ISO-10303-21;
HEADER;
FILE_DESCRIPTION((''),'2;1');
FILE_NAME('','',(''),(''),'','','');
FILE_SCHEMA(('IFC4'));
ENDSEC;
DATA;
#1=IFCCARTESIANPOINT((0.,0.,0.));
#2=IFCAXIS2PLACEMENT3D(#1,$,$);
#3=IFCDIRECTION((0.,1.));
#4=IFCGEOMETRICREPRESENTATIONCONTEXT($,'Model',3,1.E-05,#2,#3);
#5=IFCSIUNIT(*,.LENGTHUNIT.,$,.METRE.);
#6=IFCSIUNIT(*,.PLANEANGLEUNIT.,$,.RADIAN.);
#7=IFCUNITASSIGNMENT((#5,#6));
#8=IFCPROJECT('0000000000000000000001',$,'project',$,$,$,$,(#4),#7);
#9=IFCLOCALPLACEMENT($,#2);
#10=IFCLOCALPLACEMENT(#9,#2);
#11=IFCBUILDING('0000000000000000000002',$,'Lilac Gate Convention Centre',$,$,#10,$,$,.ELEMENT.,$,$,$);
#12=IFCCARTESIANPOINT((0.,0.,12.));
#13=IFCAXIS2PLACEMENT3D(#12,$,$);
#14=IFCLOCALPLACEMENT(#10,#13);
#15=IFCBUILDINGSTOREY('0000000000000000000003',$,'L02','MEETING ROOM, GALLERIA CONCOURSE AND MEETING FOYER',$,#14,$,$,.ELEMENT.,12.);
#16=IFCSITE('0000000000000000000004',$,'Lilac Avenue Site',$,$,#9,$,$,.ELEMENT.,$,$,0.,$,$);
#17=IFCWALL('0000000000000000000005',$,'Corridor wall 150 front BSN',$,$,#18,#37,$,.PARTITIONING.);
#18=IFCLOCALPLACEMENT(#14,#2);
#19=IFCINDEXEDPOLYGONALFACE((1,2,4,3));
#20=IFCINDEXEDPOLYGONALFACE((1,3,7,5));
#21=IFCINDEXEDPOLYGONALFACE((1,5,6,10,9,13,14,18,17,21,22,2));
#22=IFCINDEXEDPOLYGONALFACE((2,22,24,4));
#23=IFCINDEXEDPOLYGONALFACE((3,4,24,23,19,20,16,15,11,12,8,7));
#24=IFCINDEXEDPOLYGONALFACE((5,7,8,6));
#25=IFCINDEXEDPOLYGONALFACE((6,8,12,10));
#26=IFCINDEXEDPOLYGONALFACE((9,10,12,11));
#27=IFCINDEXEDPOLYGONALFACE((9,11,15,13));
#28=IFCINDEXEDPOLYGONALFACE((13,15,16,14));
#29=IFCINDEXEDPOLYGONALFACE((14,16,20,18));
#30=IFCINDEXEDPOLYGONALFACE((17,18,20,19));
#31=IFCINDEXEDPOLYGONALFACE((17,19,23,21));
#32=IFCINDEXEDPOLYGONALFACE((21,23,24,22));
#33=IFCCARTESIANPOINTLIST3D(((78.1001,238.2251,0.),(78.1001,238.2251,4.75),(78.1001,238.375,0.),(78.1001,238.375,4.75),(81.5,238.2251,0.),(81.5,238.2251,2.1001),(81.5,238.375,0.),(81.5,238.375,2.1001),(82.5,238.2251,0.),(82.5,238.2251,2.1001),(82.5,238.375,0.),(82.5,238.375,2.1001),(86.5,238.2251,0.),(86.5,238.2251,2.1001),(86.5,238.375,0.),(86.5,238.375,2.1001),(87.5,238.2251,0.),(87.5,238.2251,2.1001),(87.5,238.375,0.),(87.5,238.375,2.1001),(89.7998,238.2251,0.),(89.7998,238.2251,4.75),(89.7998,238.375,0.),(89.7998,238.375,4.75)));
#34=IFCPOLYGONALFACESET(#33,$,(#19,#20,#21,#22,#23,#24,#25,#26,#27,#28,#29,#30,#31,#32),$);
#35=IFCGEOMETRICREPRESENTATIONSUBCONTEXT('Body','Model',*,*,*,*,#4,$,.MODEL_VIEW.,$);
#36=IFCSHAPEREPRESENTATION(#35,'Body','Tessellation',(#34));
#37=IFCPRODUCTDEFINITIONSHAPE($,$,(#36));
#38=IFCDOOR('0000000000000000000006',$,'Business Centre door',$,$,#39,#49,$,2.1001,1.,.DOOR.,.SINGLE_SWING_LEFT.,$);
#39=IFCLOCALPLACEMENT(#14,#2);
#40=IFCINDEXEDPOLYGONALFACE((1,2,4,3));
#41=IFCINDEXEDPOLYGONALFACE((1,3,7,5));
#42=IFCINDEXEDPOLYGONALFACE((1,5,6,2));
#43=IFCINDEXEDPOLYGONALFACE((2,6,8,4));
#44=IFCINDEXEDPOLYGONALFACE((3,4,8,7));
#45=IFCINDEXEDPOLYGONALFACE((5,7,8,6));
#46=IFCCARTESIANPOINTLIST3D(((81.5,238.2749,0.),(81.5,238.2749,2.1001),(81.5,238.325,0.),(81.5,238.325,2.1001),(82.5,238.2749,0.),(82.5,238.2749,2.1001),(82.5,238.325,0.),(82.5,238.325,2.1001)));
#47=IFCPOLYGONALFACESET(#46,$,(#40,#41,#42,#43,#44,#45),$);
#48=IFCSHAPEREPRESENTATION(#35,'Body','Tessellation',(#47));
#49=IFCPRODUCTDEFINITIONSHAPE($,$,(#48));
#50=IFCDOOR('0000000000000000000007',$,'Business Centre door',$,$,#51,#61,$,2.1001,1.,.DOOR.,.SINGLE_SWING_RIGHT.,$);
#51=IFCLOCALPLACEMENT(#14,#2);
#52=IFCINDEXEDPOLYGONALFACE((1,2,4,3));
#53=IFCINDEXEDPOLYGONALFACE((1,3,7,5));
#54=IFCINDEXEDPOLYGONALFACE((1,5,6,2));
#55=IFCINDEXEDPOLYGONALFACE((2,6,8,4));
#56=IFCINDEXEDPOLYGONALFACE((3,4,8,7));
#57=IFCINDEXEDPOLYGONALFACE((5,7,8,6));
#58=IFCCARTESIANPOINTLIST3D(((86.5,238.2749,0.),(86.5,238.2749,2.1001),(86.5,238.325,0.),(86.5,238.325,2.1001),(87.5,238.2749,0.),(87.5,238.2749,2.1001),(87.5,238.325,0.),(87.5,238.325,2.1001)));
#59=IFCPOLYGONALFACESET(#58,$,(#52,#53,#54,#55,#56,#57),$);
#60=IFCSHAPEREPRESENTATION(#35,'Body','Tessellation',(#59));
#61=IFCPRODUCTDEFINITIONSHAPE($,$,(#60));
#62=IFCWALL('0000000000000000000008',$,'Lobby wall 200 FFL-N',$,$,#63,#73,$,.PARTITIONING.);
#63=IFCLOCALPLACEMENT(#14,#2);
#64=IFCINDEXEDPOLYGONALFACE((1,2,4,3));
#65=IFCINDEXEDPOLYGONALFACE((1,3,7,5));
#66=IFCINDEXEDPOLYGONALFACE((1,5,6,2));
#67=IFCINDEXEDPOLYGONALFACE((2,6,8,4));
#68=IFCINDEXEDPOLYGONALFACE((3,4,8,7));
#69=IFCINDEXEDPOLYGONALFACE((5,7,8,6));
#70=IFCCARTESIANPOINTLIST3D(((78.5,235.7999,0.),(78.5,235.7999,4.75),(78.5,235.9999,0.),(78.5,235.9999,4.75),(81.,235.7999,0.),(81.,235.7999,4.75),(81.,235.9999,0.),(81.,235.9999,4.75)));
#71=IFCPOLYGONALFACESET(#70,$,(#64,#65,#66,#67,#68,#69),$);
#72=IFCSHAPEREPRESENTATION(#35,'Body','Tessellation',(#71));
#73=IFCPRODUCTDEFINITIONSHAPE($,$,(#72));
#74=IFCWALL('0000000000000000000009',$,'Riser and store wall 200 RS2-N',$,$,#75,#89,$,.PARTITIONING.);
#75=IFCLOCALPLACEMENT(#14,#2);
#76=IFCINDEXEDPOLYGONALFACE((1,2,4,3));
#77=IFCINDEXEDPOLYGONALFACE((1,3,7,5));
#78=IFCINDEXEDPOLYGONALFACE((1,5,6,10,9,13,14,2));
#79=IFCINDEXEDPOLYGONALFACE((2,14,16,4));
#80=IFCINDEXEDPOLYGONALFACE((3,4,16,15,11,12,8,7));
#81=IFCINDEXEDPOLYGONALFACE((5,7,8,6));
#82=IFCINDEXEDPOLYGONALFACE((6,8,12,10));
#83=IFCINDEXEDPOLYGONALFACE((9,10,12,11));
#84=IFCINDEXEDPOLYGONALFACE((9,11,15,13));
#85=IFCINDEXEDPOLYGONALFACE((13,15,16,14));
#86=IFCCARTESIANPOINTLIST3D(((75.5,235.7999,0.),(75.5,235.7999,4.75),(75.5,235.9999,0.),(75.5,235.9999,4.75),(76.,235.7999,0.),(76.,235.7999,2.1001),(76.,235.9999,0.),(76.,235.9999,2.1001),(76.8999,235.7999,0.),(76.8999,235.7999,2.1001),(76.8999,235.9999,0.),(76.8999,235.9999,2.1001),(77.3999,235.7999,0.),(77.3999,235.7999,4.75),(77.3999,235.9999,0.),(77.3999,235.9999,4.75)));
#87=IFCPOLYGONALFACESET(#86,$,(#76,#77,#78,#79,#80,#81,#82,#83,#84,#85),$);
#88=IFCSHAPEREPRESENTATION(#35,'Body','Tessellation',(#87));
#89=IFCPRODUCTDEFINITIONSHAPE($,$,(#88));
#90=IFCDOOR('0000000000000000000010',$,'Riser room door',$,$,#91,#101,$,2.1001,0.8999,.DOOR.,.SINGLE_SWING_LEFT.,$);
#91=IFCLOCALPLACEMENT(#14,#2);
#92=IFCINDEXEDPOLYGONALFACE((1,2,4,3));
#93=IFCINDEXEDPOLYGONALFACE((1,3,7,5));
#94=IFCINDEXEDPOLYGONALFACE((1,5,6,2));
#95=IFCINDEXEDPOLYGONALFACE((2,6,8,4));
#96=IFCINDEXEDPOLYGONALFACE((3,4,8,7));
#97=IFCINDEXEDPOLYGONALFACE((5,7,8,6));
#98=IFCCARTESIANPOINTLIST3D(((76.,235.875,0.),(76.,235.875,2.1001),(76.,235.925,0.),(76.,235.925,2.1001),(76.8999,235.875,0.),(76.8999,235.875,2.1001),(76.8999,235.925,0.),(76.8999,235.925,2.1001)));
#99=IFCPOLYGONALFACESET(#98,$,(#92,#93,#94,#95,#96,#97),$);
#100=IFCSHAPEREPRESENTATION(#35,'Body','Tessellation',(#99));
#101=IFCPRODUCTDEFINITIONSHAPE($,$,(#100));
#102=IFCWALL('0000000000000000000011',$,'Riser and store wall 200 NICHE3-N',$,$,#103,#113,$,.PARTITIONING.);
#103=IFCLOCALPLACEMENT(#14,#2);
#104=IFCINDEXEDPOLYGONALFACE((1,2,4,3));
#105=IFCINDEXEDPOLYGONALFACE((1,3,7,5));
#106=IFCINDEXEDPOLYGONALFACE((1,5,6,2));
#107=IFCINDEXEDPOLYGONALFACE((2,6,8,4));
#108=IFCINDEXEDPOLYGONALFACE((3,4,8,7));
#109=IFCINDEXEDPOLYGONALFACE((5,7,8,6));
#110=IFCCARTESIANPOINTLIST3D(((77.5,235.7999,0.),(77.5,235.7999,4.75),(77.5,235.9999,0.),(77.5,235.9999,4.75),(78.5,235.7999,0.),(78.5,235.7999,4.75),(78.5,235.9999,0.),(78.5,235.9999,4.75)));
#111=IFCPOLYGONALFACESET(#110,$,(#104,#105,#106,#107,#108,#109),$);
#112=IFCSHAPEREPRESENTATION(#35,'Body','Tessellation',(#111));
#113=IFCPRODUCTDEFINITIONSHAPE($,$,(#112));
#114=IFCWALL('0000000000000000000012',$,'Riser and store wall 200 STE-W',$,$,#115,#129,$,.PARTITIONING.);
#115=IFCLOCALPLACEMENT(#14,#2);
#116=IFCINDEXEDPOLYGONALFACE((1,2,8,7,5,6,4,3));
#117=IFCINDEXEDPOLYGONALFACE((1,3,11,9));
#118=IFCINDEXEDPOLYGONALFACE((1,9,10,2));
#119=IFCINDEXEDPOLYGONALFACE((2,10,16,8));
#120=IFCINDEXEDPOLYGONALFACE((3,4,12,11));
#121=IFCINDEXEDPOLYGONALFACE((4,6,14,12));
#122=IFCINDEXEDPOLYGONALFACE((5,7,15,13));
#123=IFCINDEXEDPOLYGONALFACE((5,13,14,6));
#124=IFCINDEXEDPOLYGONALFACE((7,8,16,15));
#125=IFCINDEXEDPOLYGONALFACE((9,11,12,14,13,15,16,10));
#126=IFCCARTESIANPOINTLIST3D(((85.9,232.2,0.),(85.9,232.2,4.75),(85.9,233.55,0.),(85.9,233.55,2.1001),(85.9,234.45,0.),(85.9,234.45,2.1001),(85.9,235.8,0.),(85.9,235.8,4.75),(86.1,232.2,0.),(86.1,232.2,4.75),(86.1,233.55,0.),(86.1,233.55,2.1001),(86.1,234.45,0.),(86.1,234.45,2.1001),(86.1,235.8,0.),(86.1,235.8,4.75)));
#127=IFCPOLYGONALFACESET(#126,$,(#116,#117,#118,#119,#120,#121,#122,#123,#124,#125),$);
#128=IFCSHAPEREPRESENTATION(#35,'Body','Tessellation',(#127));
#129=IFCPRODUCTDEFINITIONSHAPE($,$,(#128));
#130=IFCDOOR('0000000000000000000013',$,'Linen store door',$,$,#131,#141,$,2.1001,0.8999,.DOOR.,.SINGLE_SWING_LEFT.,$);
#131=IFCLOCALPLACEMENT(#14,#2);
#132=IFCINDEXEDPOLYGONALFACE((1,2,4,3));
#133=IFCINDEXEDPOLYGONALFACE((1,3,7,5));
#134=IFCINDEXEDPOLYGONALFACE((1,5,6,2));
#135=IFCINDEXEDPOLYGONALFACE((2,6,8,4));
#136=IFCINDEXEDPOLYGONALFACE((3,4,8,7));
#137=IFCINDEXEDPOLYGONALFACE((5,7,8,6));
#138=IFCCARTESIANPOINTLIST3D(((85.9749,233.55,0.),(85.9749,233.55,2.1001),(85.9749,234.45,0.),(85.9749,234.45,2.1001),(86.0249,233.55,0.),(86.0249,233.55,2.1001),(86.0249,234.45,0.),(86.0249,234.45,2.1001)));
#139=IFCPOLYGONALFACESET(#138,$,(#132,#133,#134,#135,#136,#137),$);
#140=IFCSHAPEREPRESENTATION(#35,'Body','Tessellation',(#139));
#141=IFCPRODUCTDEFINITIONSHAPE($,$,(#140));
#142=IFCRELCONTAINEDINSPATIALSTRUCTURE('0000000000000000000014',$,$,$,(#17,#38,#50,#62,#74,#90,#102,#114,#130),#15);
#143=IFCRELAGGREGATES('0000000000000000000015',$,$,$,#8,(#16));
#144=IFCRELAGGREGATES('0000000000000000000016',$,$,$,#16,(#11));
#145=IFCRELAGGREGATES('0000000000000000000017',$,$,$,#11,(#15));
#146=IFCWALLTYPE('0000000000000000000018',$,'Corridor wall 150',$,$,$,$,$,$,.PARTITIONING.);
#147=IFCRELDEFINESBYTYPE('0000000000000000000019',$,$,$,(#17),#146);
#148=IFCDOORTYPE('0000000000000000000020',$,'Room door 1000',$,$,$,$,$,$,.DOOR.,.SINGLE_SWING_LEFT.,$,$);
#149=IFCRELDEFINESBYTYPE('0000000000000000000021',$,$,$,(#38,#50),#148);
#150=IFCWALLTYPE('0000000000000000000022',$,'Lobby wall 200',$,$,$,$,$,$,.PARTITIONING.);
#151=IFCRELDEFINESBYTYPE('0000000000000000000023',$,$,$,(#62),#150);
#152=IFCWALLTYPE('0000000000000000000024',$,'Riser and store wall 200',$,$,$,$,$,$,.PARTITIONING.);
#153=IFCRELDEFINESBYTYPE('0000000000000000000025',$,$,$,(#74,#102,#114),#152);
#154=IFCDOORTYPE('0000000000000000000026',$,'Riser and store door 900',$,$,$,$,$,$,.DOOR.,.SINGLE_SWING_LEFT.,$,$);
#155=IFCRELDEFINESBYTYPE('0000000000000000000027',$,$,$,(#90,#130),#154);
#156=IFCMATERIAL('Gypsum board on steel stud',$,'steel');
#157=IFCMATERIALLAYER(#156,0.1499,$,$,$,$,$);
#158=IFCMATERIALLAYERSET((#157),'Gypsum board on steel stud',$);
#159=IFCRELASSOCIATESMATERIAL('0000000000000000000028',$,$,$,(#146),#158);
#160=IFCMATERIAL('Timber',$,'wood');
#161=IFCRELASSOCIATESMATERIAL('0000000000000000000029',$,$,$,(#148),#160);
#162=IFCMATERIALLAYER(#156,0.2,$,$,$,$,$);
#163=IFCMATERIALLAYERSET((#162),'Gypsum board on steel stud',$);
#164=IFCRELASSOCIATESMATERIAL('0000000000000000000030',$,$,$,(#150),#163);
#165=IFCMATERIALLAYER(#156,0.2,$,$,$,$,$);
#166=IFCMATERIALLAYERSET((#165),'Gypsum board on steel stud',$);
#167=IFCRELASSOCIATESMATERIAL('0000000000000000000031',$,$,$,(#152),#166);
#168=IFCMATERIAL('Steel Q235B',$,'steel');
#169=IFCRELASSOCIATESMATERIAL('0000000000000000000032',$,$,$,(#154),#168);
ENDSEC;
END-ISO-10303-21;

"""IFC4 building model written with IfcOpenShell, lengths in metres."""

from ifc_helpers import new_model, si_unit, direction, frame, frame_2d, origin, place, context, subcontext, project, spatial, rectangle, extrude, material, layer, layer_set, type_object, element, fill, save


model = new_model("IFC4")

# Units and contexts
model_context = context("Model", 3, precision=1e-05, world=origin(), true_north=direction((0.0, 1.0)))
body_context = subcontext(model_context, "Body", "Model", "MODEL_VIEW")
ifc_project = project(units=[si_unit("LENGTHUNIT", "METRE"), si_unit("PLANEANGLEUNIT", "RADIAN")], contexts=[model_context])

# Site, building, storey
site_placement = place(None, origin())
site = spatial("IfcSite", under=ifc_project, at=site_placement, Name="Lilac Avenue Site", CompositionType="ELEMENT", RefElevation=0.0)
building_placement = place(site_placement, origin())
building = spatial("IfcBuilding", under=site, at=building_placement, Name="Lilac Gate Convention Centre", CompositionType="ELEMENT")
storey_placement = place(building_placement, frame((0.0, 0.0, 12.0)))
storey = spatial("IfcBuildingStorey", under=building, at=storey_placement, Name="L02", Description="MEETING ROOM, GALLERIA CONCOURSE AND MEETING FOYER", CompositionType="ELEMENT", Elevation=12.0)

# Wall, openings, doors
ifc_material_1 = material(Name="Gypsum board on steel stud", Category="steel")
ifc_layer_1 = layer(ifc_material_1, 0.1499)
ifc_layer_set_1 = layer_set([ifc_layer_1], Name="Gypsum board on steel stud")
wall_type_1 = type_object("IfcWallType", Name="Corridor wall 150", PredefinedType="PARTITIONING", material=ifc_layer_set_1)
wall_1_placement = place(storey_placement, frame((78.1001, 238.3, 0.0), z_axis=(0.0, 0.0, 1.0), x_axis=(1.0, 0.0, 0.0)))
wall_1 = element("IfcWall", 1, at=wall_1_placement, inside=storey, type_object=wall_type_1, Name="Corridor wall 150 front BSN", PredefinedType="PARTITIONING", context=body_context, shape_type="SweptSolid", body=[
    extrude(rectangle(XDim=11.6997, YDim=0.1499, at=frame_2d((5.8499, 0.0))), origin(), (0.0, 0.0, 1.0), 4.75),
])
opening_1_placement = place(wall_1_placement, frame((3.3999, 0.0, 0.0)))
opening_1 = element("IfcOpeningElement", 2, at=opening_1_placement, cuts=wall_1, PredefinedType="OPENING", context=body_context, shape_type="SweptSolid", body=[
    extrude(rectangle(XDim=1.0, YDim=2.1001, at=frame_2d((0.5, 1.05))), frame((0.0, 0.085, 0.0), z_axis=(0.0, -1.0, 0.0), x_axis=(1.0, 0.0, 0.0)), (0.0, 0.0, 1.0), 0.1699),
])
opening_2_placement = place(wall_1_placement, frame((8.3999, 0.0, 0.0)))
opening_2 = element("IfcOpeningElement", 3, at=opening_2_placement, cuts=wall_1, PredefinedType="OPENING", context=body_context, shape_type="SweptSolid", body=[
    extrude(rectangle(XDim=1.0, YDim=2.1001, at=frame_2d((0.5, 1.05))), frame((0.0, 0.085, 0.0), z_axis=(0.0, -1.0, 0.0), x_axis=(1.0, 0.0, 0.0)), (0.0, 0.0, 1.0), 0.1699),
])
ifc_material_2 = material(Name="Timber", Category="wood")
door_type_1 = type_object("IfcDoorType", Name="Room door 1000", OperationType="SINGLE_SWING_LEFT", PredefinedType="DOOR", material=ifc_material_2)
door_1_placement = place(opening_1_placement, origin())
door_1 = element("IfcDoor", 4, at=door_1_placement, inside=storey, type_object=door_type_1, Name="Business Centre door", OperationType="SINGLE_SWING_LEFT", OverallHeight=2.1001, OverallWidth=1.0, PredefinedType="DOOR", context=body_context, shape_type="SweptSolid", body=[
    extrude(rectangle(XDim=1.0, YDim=2.1001, at=frame_2d((0.5, 1.05))), frame((0.0, 0.0249, 0.0), z_axis=(0.0, -1.0, 0.0), x_axis=(1.0, 0.0, 0.0)), (0.0, 0.0, 1.0), 0.05),
])
fill(opening_1, door_1)
door_2_placement = place(opening_2_placement, origin())
door_2 = element("IfcDoor", 5, at=door_2_placement, inside=storey, type_object=door_type_1, Name="Business Centre door", OperationType="SINGLE_SWING_RIGHT", OverallHeight=2.1001, OverallWidth=1.0, PredefinedType="DOOR", context=body_context, shape_type="SweptSolid", body=[
    extrude(rectangle(XDim=1.0, YDim=2.1001, at=frame_2d((0.5, 1.05))), frame((0.0, 0.0249, 0.0), z_axis=(0.0, -1.0, 0.0), x_axis=(1.0, 0.0, 0.0)), (0.0, 0.0, 1.0), 0.05),
])
fill(opening_2, door_2)

# Wall
ifc_layer_2 = layer(ifc_material_1, 0.2)
ifc_layer_set_2 = layer_set([ifc_layer_2], Name="Gypsum board on steel stud")
wall_type_2 = type_object("IfcWallType", Name="Lobby wall 200", PredefinedType="PARTITIONING", material=ifc_layer_set_2)
wall_2_placement = place(storey_placement, frame((78.5, 235.8999, 0.0), z_axis=(0.0, 0.0, 1.0), x_axis=(1.0, 0.0, 0.0)))
element("IfcWall", 6, at=wall_2_placement, inside=storey, type_object=wall_type_2, Name="Lobby wall 200 FFL-N", PredefinedType="PARTITIONING", context=body_context, shape_type="SweptSolid", body=[
    extrude(rectangle(XDim=2.5, YDim=0.2, at=frame_2d((1.25, 0.0))), origin(), (0.0, 0.0, 1.0), 4.75),
])

# Wall, opening, door
ifc_layer_3 = layer(ifc_material_1, 0.2)
ifc_layer_set_3 = layer_set([ifc_layer_3], Name="Gypsum board on steel stud")
wall_type_3 = type_object("IfcWallType", Name="Riser and store wall 200", PredefinedType="PARTITIONING", material=ifc_layer_set_3)
wall_3_placement = place(storey_placement, frame((77.3999, 235.8999, 0.0), z_axis=(0.0, 0.0, 1.0), x_axis=(-1.0, 0.0, 0.0)))
wall_3 = element("IfcWall", 7, at=wall_3_placement, inside=storey, type_object=wall_type_3, Name="Riser and store wall 200 RS2-N", PredefinedType="PARTITIONING", context=body_context, shape_type="SweptSolid", body=[
    extrude(rectangle(XDim=1.8999, YDim=0.2, at=frame_2d((0.95, 0.0))), origin(), (0.0, 0.0, 1.0), 4.75),
])
opening_3_placement = place(wall_3_placement, frame((0.5, 0.0, 0.0)))
opening_3 = element("IfcOpeningElement", 8, at=opening_3_placement, cuts=wall_3, PredefinedType="OPENING", context=body_context, shape_type="SweptSolid", body=[
    extrude(rectangle(XDim=0.8999, YDim=2.1001, at=frame_2d((0.45, 1.05))), frame((0.0, 0.1099, 0.0), z_axis=(0.0, -1.0, 0.0), x_axis=(1.0, 0.0, 0.0)), (0.0, 0.0, 1.0), 0.22),
])
ifc_material_3 = material(Name="Steel Q235B", Category="steel")
door_type_2 = type_object("IfcDoorType", Name="Riser and store door 900", OperationType="SINGLE_SWING_LEFT", PredefinedType="DOOR", material=ifc_material_3)
door_3_placement = place(opening_3_placement, origin())
door_3 = element("IfcDoor", 9, at=door_3_placement, inside=storey, type_object=door_type_2, Name="Riser room door", OperationType="SINGLE_SWING_LEFT", OverallHeight=2.1001, OverallWidth=0.8999, PredefinedType="DOOR", context=body_context, shape_type="SweptSolid", body=[
    extrude(rectangle(XDim=0.8999, YDim=2.1001, at=frame_2d((0.45, 1.05))), frame((0.0, 0.0249, 0.0), z_axis=(0.0, -1.0, 0.0), x_axis=(1.0, 0.0, 0.0)), (0.0, 0.0, 1.0), 0.05),
])
fill(opening_3, door_3)

# Wall
wall_4_placement = place(storey_placement, frame((77.5, 235.8999, 0.0), z_axis=(0.0, 0.0, 1.0), x_axis=(1.0, 0.0, 0.0)))
element("IfcWall", 10, at=wall_4_placement, inside=storey, type_object=wall_type_3, Name="Riser and store wall 200 NICHE3-N", PredefinedType="PARTITIONING", context=body_context, shape_type="SweptSolid", body=[
    extrude(rectangle(XDim=1.0, YDim=0.2, at=frame_2d((0.5, 0.0))), origin(), (0.0, 0.0, 1.0), 4.75),
])

# Wall, opening, door
wall_5_placement = place(storey_placement, frame((86.0, 235.8, 0.0), z_axis=(0.0, 0.0, 1.0), x_axis=(0.0, -1.0, 0.0)))
wall_5 = element("IfcWall", 11, at=wall_5_placement, inside=storey, type_object=wall_type_3, Name="Riser and store wall 200 STE-W", PredefinedType="PARTITIONING", context=body_context, shape_type="SweptSolid", body=[
    extrude(rectangle(XDim=3.6001, YDim=0.2, at=frame_2d((1.8, 0.0))), origin(), (0.0, 0.0, 1.0), 4.75),
])
opening_4_placement = place(wall_5_placement, frame((1.3501, 0.0, 0.0)))
opening_4 = element("IfcOpeningElement", 12, at=opening_4_placement, cuts=wall_5, PredefinedType="OPENING", context=body_context, shape_type="SweptSolid", body=[
    extrude(rectangle(XDim=0.8999, YDim=2.1001, at=frame_2d((0.45, 1.05))), frame((0.0, 0.1099, 0.0), z_axis=(0.0, -1.0, 0.0), x_axis=(1.0, 0.0, 0.0)), (0.0, 0.0, 1.0), 0.22),
])
door_4_placement = place(opening_4_placement, origin())
door_4 = element("IfcDoor", 13, at=door_4_placement, inside=storey, type_object=door_type_2, Name="Linen store door", OperationType="SINGLE_SWING_LEFT", OverallHeight=2.1001, OverallWidth=0.8999, PredefinedType="DOOR", context=body_context, shape_type="SweptSolid", body=[
    extrude(rectangle(XDim=0.8999, YDim=2.1001, at=frame_2d((0.45, 1.05))), frame((0.0, 0.0249, 0.0), z_axis=(0.0, -1.0, 0.0), x_axis=(1.0, 0.0, 0.0)), (0.0, 0.0, 1.0), 0.05),
])
fill(opening_4, door_4)

save(model, "model.ifc")
